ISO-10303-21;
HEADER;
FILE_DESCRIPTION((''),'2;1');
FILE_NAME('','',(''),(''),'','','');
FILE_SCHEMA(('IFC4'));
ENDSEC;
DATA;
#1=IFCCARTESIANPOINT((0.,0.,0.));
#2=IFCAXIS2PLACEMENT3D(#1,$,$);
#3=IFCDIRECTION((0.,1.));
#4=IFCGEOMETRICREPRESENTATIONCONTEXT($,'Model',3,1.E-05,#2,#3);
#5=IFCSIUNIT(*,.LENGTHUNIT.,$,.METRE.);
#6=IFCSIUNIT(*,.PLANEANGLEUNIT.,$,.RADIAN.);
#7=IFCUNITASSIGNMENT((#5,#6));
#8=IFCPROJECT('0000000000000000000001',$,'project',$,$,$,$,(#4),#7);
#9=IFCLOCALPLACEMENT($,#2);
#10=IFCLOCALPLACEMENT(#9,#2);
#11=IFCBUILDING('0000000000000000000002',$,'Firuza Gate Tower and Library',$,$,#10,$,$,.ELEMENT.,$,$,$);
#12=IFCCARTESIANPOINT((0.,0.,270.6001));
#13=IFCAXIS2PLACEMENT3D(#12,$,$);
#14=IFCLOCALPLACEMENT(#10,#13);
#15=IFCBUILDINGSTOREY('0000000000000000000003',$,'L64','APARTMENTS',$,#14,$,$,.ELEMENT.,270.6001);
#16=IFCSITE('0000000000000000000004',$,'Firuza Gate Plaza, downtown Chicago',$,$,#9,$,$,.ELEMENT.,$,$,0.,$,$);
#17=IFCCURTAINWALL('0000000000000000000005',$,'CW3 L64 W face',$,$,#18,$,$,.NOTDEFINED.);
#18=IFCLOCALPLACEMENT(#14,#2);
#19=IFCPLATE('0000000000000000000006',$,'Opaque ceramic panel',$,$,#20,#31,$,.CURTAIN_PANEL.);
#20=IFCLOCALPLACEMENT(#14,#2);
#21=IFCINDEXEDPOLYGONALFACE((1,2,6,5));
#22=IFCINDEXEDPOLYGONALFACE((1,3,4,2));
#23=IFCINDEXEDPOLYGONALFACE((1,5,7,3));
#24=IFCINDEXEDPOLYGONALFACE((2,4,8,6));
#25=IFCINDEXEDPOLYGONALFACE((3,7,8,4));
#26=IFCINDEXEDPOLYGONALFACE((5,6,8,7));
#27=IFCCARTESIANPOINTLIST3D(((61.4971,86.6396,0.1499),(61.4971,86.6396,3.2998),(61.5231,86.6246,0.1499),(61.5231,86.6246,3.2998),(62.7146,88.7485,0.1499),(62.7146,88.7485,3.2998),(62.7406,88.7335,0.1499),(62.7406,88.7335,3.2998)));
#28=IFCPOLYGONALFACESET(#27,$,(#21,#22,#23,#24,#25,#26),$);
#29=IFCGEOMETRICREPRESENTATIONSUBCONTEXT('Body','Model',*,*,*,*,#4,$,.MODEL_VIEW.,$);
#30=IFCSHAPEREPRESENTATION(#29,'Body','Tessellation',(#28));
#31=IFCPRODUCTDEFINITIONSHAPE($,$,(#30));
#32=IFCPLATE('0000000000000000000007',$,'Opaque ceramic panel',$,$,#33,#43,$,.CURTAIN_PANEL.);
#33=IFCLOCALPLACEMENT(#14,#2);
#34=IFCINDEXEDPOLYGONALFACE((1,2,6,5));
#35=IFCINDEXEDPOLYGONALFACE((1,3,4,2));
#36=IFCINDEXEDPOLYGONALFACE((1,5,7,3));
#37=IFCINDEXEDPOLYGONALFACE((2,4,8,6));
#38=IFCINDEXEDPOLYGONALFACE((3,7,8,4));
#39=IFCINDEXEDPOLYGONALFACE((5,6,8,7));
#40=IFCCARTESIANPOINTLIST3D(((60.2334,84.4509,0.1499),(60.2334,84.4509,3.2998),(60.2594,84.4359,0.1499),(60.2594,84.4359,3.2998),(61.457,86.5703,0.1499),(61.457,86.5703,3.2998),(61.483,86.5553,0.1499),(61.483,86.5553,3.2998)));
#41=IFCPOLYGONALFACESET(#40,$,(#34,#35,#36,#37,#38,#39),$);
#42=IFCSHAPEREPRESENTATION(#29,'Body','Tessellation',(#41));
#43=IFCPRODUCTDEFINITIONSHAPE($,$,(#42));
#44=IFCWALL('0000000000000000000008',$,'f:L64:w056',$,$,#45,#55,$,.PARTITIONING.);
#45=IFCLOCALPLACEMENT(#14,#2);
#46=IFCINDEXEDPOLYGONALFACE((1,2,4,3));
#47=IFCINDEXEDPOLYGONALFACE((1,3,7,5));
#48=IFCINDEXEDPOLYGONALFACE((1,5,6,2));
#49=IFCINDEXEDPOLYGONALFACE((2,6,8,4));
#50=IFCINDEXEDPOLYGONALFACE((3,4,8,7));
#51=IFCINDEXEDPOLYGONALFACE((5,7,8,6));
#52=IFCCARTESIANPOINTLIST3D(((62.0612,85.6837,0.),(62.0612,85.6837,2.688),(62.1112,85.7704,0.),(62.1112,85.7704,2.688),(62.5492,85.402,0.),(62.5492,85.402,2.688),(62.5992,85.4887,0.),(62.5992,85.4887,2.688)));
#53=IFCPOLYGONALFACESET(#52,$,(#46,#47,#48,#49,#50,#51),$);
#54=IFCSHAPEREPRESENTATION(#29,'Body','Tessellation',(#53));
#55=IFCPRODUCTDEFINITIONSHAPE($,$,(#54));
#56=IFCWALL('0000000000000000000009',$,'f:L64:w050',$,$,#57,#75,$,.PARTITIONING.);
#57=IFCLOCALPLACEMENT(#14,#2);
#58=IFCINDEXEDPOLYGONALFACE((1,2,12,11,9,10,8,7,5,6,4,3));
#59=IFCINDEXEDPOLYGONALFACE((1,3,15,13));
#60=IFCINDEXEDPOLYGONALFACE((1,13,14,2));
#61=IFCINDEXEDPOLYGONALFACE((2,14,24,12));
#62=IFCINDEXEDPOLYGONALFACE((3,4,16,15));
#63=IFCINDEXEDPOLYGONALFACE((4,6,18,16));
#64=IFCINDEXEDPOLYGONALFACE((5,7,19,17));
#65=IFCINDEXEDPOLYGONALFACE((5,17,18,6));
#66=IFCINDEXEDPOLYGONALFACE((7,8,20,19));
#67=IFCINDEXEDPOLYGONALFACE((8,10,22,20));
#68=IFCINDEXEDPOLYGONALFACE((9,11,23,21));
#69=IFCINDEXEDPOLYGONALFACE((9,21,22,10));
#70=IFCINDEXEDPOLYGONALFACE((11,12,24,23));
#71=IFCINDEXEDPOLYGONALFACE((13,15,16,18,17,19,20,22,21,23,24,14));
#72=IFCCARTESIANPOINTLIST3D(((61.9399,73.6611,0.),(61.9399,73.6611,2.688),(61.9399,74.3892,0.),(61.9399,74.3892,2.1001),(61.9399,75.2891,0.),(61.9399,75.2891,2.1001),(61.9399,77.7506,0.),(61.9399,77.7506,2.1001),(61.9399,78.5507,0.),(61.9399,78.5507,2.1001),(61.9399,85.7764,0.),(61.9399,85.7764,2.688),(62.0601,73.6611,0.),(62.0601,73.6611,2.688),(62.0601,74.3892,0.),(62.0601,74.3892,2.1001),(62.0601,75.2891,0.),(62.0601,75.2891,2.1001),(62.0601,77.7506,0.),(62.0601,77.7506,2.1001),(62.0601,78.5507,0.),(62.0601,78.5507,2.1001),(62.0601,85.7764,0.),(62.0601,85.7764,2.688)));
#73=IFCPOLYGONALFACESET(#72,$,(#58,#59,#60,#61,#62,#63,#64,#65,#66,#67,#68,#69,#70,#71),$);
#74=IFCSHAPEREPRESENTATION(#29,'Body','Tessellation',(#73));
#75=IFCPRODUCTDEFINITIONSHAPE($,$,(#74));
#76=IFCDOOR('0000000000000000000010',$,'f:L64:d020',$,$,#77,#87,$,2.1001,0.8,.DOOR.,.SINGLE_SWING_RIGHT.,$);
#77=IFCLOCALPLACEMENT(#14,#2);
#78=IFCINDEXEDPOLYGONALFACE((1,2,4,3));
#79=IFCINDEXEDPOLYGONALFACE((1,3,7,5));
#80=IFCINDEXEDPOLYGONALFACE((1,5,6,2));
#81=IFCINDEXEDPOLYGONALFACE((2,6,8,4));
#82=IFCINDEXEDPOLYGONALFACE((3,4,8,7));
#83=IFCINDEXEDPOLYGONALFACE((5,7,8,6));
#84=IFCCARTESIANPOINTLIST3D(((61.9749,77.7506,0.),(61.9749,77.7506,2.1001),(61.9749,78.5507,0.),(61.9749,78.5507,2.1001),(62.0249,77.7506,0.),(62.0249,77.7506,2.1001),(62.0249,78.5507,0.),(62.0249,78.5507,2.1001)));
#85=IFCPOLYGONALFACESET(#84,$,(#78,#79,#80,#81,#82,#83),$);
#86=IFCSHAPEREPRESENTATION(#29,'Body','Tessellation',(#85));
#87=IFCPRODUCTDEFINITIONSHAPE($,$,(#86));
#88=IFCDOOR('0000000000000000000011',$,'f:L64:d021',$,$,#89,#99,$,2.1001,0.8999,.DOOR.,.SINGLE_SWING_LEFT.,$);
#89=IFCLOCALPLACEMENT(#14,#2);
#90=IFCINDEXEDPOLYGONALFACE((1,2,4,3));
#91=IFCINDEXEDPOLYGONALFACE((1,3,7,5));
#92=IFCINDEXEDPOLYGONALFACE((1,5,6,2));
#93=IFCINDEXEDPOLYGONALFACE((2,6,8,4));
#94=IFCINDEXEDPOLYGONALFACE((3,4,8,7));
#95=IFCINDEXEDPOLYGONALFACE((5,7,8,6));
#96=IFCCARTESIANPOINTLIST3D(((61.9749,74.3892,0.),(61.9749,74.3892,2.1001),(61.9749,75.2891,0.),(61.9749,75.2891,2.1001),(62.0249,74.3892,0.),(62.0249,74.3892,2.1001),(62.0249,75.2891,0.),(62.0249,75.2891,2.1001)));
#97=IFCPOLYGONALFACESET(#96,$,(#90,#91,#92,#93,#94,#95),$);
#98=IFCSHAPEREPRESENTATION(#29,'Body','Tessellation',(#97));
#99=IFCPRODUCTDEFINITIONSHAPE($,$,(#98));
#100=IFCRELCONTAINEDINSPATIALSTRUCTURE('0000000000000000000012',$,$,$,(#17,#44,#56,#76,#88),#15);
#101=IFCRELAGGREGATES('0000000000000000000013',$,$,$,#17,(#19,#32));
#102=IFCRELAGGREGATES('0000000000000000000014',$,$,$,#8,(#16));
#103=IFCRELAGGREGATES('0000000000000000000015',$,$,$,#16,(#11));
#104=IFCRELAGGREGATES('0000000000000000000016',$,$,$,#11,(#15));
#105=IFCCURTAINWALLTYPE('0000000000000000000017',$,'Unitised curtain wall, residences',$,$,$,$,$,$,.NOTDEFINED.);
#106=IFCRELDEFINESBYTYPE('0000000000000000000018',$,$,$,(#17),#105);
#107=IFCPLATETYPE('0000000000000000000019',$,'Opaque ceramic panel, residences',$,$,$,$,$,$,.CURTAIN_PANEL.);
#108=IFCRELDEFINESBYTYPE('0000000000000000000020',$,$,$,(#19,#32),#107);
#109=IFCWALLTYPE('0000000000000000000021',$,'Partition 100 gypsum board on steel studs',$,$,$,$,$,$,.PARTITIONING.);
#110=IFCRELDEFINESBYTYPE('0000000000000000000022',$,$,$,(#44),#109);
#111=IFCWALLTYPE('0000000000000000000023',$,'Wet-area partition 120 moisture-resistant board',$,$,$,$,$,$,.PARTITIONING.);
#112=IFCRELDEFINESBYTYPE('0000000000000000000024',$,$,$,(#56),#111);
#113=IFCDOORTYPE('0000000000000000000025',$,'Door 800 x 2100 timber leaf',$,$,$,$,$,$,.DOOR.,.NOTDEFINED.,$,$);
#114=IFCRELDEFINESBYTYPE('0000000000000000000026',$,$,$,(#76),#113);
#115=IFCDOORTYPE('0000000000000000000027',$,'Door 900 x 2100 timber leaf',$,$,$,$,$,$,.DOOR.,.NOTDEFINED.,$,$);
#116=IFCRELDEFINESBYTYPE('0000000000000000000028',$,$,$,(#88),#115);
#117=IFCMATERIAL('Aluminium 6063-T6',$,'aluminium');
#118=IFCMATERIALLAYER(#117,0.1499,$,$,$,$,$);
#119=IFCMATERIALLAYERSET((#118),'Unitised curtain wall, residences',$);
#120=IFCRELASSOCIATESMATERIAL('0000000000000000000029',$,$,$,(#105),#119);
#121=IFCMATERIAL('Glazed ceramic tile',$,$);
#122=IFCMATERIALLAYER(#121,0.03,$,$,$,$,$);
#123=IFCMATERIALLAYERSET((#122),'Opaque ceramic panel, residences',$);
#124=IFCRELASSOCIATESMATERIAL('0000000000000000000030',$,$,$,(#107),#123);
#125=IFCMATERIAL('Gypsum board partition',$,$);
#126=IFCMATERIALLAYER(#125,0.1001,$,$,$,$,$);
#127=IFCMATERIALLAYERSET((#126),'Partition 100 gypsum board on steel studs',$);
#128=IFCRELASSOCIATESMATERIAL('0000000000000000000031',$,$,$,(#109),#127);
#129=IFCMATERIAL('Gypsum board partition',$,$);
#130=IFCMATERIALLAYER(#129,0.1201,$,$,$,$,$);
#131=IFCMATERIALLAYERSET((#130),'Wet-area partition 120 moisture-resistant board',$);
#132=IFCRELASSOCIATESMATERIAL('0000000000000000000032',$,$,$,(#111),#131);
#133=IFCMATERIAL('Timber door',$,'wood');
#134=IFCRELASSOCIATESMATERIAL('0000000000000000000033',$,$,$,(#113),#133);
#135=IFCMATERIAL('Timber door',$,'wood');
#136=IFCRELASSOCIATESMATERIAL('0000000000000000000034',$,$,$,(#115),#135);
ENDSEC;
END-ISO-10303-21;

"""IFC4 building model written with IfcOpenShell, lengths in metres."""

from ifc_helpers import new_model, si_unit, direction, frame, frame_2d, origin, place, context, subcontext, project, spatial, polyline, rectangle, outline, extrude, material, layer, layer_set, type_object, element, fill, aggregate, save


model = new_model("IFC4")

# Units and contexts
model_context = context("Model", 3, precision=1e-05, world=origin(), true_north=direction((0.0, 1.0)))
body_context = subcontext(model_context, "Body", "Model", "MODEL_VIEW")
ifc_project = project(units=[si_unit("LENGTHUNIT", "METRE"), si_unit("PLANEANGLEUNIT", "RADIAN")], contexts=[model_context])

# Site, building, storey
site_placement = place(None, origin())
site = spatial("IfcSite", under=ifc_project, at=site_placement, Name="Firuza Gate Plaza, downtown Chicago", CompositionType="ELEMENT", RefElevation=0.0)
building_placement = place(site_placement, origin())
building = spatial("IfcBuilding", under=site, at=building_placement, Name="Firuza Gate Tower and Library", CompositionType="ELEMENT")
storey_placement = place(building_placement, frame((0.0, 0.0, 270.6001)))
storey = spatial("IfcBuildingStorey", under=building, at=storey_placement, Name="L64", Description="APARTMENTS", CompositionType="ELEMENT", Elevation=270.6001)

# Curtain wall
ifc_material_1 = material(Name="Aluminium 6063-T6", Category="aluminium")
ifc_layer_1 = layer(ifc_material_1, 0.1499)
ifc_layer_set_1 = layer_set([ifc_layer_1], Name="Unitised curtain wall, residences")
curtain_wall_type = type_object("IfcCurtainWallType", Name="Unitised curtain wall, residences", PredefinedType="NOTDEFINED", material=ifc_layer_set_1)
curtain_wall_placement = place(storey_placement, origin())
curtain_wall = element("IfcCurtainWall", 1, at=curtain_wall_placement, inside=storey, type_object=curtain_wall_type, Name="CW3 L64 W face", PredefinedType="NOTDEFINED")

# Plates
ifc_material_2 = material(Name="Glazed ceramic tile")
ifc_layer_2 = layer(ifc_material_2, 0.03)
ifc_layer_set_2 = layer_set([ifc_layer_2], Name="Opaque ceramic panel, residences")
plate_type_1 = type_object("IfcPlateType", Name="Opaque ceramic panel, residences", PredefinedType="CURTAIN_PANEL", material=ifc_layer_set_2)
plate_1_placement = place(storey_placement, frame((62.7146, 88.7485, 0.1499), z_axis=(-0.866032, 0.499989, 0.0), x_axis=(-0.499989, -0.866032, 0.0)))
plate_1 = element("IfcPlate", 2, at=plate_1_placement, type_object=plate_type_1, Name="Opaque ceramic panel", PredefinedType="CURTAIN_PANEL", context=body_context, shape_type="SweptSolid", body=[
    extrude(outline(polyline([(0.0, 0.0), (2.4351, 0.0), (2.4351, 3.1499), (0.0, 3.1499), (0.0, 0.0)])), origin(), (0.0, 0.0, -1.0), 0.03),
])
plate_2_placement = place(storey_placement, frame((61.457, 86.5703, 0.1499), z_axis=(-0.866024, 0.500002, 0.0), x_axis=(-0.500002, -0.866024, 0.0)))
plate_2 = element("IfcPlate", 3, at=plate_2_placement, type_object=plate_type_1, Name="Opaque ceramic panel", PredefinedType="CURTAIN_PANEL", context=body_context, shape_type="SweptSolid", body=[
    extrude(outline(polyline([(0.0, 0.0), (2.4473, 0.0), (2.4473, 3.1499), (0.0, 3.1499), (0.0, 0.0)])), origin(), (0.0, 0.0, -1.0), 0.03),
])
aggregate(curtain_wall, [plate_1, plate_2])

# Wall
ifc_material_3 = material(Name="Gypsum board partition")
ifc_layer_3 = layer(ifc_material_3, 0.1001)
ifc_layer_set_3 = layer_set([ifc_layer_3], Name="Partition 100 gypsum board on steel studs")
wall_type_1 = type_object("IfcWallType", Name="Partition 100 gypsum board on steel studs", PredefinedType="PARTITIONING", material=ifc_layer_set_3)
wall_1_placement = place(storey_placement, frame((62.5742, 85.4453, 0.0), z_axis=(0.0, 0.0, 1.0), x_axis=(-0.866049, 0.49996, 0.0)))
element("IfcWall", 4, at=wall_1_placement, inside=storey, type_object=wall_type_1, Name="f:L64:w056", PredefinedType="PARTITIONING", context=body_context, shape_type="SweptSolid", body=[
    extrude(rectangle(XDim=0.5635, YDim=0.1001, at=frame_2d((0.2817, 0.0))), origin(), (0.0, 0.0, 1.0), 2.688),
])

# Wall, openings, doors
ifc_material_4 = material(Name="Gypsum board partition")
ifc_layer_4 = layer(ifc_material_4, 0.1201)
ifc_layer_set_4 = layer_set([ifc_layer_4], Name="Wet-area partition 120 moisture-resistant board")
wall_type_2 = type_object("IfcWallType", Name="Wet-area partition 120 moisture-resistant board", PredefinedType="PARTITIONING", material=ifc_layer_set_4)
wall_2_placement = place(storey_placement, frame((62.0, 85.7764, 0.0), z_axis=(0.0, 0.0, 1.0), x_axis=(0.0, -1.0, 0.0)))
wall_2 = element("IfcWall", 5, at=wall_2_placement, inside=storey, type_object=wall_type_2, Name="f:L64:w050", PredefinedType="PARTITIONING", context=body_context, shape_type="SweptSolid", body=[
    extrude(rectangle(XDim=12.1152, YDim=0.1201, at=frame_2d((6.0576, 0.0))), origin(), (0.0, 0.0, 1.0), 2.688),
])
opening_1_placement = place(wall_2_placement, frame((7.2258, 0.0, 0.0)))
opening_1 = element("IfcOpeningElement", 6, at=opening_1_placement, cuts=wall_2, PredefinedType="OPENING", context=body_context, shape_type="SweptSolid", body=[
    extrude(rectangle(XDim=0.8, YDim=2.1001, at=frame_2d((0.3999, 1.05))), frame((0.0, 0.0701, 0.0), z_axis=(0.0, -1.0, 0.0), x_axis=(1.0, 0.0, 0.0)), (0.0, 0.0, 1.0), 0.1401),
])
opening_2_placement = place(wall_2_placement, frame((10.4873, 0.0, 0.0)))
opening_2 = element("IfcOpeningElement", 7, at=opening_2_placement, cuts=wall_2, PredefinedType="OPENING", context=body_context, shape_type="SweptSolid", body=[
    extrude(rectangle(XDim=0.8999, YDim=2.1001, at=frame_2d((0.45, 1.05))), frame((0.0, 0.0701, 0.0), z_axis=(0.0, -1.0, 0.0), x_axis=(1.0, 0.0, 0.0)), (0.0, 0.0, 1.0), 0.1401),
])
ifc_material_5 = material(Name="Timber door", Category="wood")
door_type_1 = type_object("IfcDoorType", Name="Door 800 x 2100 timber leaf", OperationType="NOTDEFINED", PredefinedType="DOOR", material=ifc_material_5)
door_1_placement = place(opening_1_placement, origin())
door_1 = element("IfcDoor", 8, at=door_1_placement, inside=storey, type_object=door_type_1, Name="f:L64:d020", OperationType="SINGLE_SWING_RIGHT", OverallHeight=2.1001, OverallWidth=0.8, PredefinedType="DOOR", context=body_context, shape_type="SweptSolid", body=[
    extrude(rectangle(XDim=0.8, YDim=2.1001, at=frame_2d((0.3999, 1.05))), frame((0.0, 0.0249, 0.0), z_axis=(0.0, -1.0, 0.0), x_axis=(1.0, 0.0, 0.0)), (0.0, 0.0, 1.0), 0.05),
])
fill(opening_1, door_1)
ifc_material_6 = material(Name="Timber door", Category="wood")
door_type_2 = type_object("IfcDoorType", Name="Door 900 x 2100 timber leaf", OperationType="NOTDEFINED", PredefinedType="DOOR", material=ifc_material_6)
door_2_placement = place(opening_2_placement, origin())
door_2 = element("IfcDoor", 9, at=door_2_placement, inside=storey, type_object=door_type_2, Name="f:L64:d021", OperationType="SINGLE_SWING_LEFT", OverallHeight=2.1001, OverallWidth=0.8999, PredefinedType="DOOR", context=body_context, shape_type="SweptSolid", body=[
    extrude(rectangle(XDim=0.8999, YDim=2.1001, at=frame_2d((0.45, 1.05))), frame((0.0, 0.0249, 0.0), z_axis=(0.0, -1.0, 0.0), x_axis=(1.0, 0.0, 0.0)), (0.0, 0.0, 1.0), 0.05),
])
fill(opening_2, door_2)

save(model, "model.ifc")
